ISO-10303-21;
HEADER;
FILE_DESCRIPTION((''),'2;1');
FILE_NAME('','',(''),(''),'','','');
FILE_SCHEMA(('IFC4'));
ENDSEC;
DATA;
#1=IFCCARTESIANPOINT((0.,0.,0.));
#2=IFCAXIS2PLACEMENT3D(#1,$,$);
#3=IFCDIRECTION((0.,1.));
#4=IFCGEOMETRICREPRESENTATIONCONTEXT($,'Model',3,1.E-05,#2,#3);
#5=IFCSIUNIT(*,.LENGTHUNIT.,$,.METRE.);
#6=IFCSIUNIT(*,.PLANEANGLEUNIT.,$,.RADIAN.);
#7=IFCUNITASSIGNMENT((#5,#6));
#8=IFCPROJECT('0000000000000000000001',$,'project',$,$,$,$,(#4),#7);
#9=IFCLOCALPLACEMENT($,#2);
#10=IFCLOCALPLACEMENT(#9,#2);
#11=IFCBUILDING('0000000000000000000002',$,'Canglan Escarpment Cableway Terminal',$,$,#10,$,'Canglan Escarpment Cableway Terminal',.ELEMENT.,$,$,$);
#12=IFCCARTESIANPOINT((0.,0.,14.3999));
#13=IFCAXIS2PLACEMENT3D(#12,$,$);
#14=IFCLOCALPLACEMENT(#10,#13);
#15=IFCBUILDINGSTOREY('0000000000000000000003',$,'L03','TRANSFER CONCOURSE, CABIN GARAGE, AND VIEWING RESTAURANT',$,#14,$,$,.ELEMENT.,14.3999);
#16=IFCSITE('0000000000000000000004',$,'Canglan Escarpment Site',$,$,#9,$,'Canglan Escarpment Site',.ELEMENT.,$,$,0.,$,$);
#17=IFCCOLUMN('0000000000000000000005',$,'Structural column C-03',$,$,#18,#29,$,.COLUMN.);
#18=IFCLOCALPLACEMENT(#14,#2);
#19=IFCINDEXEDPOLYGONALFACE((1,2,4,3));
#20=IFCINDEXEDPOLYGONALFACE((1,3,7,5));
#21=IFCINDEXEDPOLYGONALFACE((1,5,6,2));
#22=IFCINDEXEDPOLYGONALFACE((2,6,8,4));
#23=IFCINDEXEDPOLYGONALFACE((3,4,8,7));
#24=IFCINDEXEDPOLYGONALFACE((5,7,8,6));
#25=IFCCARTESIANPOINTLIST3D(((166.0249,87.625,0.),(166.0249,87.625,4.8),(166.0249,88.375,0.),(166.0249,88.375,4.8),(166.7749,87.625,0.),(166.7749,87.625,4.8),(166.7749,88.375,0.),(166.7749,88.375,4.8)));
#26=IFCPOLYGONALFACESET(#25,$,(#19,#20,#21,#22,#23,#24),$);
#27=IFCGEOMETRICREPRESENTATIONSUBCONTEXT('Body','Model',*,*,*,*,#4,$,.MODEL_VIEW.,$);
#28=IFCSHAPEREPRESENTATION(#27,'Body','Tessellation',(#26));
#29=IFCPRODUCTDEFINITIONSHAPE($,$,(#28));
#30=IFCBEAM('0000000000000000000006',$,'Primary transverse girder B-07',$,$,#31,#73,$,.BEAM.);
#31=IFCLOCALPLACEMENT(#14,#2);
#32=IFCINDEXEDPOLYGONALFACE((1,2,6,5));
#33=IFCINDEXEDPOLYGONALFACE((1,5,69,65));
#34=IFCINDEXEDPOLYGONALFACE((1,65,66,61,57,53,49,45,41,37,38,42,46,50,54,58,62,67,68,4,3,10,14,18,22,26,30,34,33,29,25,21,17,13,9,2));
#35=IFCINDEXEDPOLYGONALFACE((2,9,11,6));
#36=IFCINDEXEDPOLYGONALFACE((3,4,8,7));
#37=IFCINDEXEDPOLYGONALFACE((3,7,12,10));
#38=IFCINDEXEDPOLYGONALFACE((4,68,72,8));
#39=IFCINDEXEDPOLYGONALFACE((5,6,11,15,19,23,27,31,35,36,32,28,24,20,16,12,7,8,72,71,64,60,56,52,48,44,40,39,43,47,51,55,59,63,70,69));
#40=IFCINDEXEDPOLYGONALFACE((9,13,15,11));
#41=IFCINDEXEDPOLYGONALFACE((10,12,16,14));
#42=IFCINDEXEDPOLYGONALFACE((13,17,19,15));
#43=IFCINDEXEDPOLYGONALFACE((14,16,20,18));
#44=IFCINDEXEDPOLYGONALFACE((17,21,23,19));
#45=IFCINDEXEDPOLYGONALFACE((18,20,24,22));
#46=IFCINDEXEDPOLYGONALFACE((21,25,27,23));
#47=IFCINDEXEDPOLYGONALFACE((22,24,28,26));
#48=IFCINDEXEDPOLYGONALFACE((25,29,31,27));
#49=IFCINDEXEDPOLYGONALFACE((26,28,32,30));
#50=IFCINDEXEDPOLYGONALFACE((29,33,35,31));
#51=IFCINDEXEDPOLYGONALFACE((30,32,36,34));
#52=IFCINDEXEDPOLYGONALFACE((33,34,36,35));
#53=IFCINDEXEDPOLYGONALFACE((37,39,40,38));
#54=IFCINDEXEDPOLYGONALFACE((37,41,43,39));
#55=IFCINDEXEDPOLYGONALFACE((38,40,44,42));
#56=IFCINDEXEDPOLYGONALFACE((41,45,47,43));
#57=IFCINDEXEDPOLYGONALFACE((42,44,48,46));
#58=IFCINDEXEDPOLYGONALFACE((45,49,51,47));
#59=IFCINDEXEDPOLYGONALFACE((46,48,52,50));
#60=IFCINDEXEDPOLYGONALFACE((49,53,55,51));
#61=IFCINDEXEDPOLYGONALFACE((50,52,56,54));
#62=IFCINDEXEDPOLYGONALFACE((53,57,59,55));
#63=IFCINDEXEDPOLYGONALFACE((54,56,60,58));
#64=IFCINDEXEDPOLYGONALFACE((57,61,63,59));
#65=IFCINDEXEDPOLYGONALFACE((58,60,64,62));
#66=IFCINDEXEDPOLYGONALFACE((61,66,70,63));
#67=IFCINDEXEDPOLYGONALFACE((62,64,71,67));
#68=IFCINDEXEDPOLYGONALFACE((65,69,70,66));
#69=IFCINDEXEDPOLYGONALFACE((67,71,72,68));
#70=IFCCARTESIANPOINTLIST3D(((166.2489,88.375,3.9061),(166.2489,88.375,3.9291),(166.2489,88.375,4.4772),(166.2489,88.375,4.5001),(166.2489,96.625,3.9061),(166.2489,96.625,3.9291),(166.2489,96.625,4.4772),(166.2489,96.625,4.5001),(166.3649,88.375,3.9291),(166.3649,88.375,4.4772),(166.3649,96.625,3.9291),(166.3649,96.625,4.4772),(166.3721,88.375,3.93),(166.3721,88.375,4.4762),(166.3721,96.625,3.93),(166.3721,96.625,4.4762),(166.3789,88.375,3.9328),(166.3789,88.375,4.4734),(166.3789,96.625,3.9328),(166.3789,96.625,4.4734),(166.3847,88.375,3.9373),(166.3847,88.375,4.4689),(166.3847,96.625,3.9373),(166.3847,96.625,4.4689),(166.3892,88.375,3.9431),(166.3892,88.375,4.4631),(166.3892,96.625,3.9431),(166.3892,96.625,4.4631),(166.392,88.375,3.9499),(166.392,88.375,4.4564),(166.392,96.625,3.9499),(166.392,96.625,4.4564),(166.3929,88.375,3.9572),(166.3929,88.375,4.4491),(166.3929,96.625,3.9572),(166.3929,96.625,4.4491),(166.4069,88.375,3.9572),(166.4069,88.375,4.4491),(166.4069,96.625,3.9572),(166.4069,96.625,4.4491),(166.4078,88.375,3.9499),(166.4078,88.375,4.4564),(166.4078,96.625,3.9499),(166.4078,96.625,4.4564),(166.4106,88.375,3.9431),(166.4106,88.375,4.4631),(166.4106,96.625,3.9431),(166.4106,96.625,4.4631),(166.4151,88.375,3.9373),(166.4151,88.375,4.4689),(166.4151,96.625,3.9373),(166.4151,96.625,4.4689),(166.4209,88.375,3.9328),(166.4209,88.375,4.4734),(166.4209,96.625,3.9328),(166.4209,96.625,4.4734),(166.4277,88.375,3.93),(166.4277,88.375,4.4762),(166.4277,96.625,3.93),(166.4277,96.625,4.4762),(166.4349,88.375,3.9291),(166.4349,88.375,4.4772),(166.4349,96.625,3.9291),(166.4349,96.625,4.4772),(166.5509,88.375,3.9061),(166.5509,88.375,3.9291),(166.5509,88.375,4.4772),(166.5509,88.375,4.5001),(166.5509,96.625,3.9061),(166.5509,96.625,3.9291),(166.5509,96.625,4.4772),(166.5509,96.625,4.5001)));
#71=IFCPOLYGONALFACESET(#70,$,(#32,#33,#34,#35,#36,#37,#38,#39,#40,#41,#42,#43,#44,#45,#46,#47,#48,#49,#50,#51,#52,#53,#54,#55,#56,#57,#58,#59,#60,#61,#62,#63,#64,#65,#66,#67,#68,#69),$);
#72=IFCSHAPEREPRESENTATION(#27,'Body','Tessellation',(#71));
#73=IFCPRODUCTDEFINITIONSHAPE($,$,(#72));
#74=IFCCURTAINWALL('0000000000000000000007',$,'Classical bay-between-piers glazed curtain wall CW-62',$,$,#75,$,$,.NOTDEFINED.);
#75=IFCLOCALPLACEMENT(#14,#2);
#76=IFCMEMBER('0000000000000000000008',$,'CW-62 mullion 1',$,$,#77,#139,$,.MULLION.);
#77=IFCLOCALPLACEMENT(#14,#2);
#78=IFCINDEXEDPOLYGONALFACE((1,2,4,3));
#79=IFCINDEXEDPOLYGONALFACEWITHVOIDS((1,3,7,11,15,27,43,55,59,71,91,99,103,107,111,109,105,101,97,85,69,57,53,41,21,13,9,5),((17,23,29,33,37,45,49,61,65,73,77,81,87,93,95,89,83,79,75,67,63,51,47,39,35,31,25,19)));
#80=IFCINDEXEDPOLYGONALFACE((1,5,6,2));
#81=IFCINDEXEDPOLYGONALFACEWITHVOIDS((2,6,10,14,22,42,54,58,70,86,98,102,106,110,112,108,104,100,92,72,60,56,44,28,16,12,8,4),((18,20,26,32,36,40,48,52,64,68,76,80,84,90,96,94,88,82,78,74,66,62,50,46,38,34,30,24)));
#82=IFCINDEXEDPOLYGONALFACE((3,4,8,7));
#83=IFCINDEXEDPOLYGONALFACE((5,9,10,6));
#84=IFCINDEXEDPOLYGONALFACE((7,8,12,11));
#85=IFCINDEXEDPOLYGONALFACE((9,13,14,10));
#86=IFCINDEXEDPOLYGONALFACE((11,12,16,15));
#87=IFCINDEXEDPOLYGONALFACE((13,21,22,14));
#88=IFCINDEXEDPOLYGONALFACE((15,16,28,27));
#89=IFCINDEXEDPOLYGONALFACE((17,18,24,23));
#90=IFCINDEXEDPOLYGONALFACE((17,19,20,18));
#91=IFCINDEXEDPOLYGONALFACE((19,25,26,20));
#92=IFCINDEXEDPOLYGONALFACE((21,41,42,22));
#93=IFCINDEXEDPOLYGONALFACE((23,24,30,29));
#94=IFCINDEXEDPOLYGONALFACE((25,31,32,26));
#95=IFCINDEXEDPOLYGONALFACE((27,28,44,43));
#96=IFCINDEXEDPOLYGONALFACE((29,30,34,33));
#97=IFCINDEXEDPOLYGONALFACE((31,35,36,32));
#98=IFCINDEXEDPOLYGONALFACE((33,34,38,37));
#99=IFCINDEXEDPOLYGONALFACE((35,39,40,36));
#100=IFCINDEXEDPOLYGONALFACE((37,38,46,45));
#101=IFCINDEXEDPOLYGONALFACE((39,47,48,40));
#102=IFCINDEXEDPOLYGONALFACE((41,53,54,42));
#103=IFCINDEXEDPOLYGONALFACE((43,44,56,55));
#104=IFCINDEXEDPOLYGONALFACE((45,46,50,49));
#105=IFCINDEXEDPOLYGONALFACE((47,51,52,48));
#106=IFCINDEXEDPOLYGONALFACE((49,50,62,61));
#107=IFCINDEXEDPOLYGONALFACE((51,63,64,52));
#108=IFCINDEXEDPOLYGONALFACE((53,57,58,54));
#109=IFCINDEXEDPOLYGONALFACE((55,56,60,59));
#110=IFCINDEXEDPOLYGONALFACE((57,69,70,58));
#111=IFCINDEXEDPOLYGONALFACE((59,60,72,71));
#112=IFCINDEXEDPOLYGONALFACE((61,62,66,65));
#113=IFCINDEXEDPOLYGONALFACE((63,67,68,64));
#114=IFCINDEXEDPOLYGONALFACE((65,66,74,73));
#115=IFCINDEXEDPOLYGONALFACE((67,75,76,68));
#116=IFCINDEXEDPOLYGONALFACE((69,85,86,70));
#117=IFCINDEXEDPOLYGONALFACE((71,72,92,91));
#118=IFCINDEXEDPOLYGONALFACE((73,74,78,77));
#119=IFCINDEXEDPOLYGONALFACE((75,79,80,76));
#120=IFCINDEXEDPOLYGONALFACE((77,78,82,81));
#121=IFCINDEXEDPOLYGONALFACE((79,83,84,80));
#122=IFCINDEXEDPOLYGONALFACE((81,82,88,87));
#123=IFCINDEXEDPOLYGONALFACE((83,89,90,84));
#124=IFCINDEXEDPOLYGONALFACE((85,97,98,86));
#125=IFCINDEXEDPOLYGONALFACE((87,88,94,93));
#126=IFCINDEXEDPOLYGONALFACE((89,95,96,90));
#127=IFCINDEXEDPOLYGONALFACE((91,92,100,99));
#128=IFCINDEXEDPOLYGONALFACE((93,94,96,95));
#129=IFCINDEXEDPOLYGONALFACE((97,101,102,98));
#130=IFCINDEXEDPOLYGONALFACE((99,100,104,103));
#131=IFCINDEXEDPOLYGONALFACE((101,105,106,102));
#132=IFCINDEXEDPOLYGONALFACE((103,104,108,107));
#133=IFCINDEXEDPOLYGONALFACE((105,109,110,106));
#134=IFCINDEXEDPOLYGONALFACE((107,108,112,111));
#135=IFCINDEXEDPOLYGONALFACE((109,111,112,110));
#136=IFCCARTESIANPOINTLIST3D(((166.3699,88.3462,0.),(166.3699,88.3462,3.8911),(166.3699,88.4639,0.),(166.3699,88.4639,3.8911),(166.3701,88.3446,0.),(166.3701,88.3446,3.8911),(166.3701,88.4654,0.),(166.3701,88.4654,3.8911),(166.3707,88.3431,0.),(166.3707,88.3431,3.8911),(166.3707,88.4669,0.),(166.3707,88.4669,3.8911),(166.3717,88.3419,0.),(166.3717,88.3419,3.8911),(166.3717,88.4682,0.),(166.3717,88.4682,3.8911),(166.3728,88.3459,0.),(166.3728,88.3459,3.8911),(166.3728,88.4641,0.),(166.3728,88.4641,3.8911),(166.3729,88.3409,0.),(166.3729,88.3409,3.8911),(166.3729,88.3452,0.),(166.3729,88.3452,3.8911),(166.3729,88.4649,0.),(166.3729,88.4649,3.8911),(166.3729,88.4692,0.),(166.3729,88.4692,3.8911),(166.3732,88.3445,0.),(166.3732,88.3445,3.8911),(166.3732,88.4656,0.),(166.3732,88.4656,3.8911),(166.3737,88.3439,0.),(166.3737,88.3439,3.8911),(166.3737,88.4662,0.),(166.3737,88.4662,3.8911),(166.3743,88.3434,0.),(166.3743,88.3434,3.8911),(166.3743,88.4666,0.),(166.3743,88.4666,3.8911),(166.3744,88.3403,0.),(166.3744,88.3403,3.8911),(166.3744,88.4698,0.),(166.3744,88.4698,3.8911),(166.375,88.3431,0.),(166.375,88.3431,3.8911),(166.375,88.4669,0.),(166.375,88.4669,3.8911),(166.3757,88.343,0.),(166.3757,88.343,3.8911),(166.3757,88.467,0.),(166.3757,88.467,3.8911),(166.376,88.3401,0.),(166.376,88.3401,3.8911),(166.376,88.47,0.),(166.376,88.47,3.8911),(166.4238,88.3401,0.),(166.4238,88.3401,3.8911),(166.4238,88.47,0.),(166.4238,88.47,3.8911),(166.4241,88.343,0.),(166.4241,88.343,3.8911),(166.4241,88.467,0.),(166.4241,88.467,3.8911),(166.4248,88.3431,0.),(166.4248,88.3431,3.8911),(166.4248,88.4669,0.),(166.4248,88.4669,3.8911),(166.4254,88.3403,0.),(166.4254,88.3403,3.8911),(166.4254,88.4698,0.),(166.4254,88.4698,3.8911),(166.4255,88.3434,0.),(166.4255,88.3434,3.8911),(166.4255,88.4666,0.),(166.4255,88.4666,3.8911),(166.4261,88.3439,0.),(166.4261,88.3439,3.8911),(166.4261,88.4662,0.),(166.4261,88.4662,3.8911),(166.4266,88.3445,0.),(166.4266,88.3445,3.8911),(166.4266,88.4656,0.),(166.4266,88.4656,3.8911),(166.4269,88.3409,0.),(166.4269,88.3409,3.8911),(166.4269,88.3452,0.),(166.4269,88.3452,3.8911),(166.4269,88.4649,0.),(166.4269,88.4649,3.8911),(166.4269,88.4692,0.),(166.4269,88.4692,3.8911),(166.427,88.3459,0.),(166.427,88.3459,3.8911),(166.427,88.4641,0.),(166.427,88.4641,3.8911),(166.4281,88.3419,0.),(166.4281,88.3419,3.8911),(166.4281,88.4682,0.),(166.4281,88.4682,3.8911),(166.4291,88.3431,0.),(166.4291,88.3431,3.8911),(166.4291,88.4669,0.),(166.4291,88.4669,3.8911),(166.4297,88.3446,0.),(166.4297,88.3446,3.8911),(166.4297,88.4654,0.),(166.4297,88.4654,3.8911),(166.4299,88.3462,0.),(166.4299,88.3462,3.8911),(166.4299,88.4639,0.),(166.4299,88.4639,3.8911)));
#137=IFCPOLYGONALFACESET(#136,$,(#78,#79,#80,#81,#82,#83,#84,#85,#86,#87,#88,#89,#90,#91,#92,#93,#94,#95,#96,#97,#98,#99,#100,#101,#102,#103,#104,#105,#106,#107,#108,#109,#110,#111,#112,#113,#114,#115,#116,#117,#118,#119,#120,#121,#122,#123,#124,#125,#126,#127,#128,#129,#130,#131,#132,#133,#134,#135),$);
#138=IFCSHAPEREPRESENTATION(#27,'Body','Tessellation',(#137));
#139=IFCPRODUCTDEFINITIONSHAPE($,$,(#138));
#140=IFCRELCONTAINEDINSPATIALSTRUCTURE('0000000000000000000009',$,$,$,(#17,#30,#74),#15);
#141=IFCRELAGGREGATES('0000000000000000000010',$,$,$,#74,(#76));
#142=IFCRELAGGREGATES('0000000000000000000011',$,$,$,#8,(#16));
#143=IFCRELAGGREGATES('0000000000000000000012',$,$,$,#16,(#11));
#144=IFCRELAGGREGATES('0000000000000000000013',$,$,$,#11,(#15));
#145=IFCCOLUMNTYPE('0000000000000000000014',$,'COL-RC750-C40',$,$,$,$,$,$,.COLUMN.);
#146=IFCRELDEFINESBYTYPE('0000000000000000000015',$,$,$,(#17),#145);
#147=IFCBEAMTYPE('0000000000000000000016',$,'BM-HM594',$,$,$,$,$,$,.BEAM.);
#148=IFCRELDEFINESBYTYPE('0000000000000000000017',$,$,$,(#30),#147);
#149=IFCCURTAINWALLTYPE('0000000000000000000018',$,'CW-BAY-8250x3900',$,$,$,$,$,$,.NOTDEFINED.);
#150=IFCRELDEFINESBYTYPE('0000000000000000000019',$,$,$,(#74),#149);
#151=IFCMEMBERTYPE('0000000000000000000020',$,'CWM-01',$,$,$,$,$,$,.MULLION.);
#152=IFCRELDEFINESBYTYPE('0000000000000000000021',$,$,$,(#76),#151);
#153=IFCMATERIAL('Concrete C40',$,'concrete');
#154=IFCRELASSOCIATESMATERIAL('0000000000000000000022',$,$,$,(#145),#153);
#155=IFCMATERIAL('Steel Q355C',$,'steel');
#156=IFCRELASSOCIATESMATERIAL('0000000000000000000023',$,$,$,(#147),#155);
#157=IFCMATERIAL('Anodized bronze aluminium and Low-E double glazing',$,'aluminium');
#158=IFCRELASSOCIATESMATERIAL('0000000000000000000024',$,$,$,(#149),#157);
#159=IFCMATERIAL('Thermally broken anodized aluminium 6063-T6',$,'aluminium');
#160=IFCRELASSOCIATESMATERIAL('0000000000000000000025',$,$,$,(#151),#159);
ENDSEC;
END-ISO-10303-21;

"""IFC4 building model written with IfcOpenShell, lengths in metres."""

from ifc_helpers import new_model, si_unit, direction, frame, origin, origin_2d, place, context, subcontext, project, spatial, rectangle, hollow_rectangle, i_section, extrude, material, material_profile, profile_set, type_object, element, aggregate, save


model = new_model("IFC4")

# Units and contexts
model_context = context("Model", 3, precision=1e-05, world=origin(), true_north=direction((0.0, 1.0)))
body_context = subcontext(model_context, "Body", "Model", "MODEL_VIEW")
ifc_project = project(units=[si_unit("LENGTHUNIT", "METRE"), si_unit("PLANEANGLEUNIT", "RADIAN")], contexts=[model_context])

# Site, building, storey
site_placement = place(None, origin())
site = spatial("IfcSite", under=ifc_project, at=site_placement, Name="Canglan Escarpment Site", LongName="Canglan Escarpment Site", CompositionType="ELEMENT", RefElevation=0.0)
building_placement = place(site_placement, origin())
building = spatial("IfcBuilding", under=site, at=building_placement, Name="Canglan Escarpment Cableway Terminal", LongName="Canglan Escarpment Cableway Terminal", CompositionType="ELEMENT")
storey_placement = place(building_placement, frame((0.0, 0.0, 14.3999)))
storey = spatial("IfcBuildingStorey", under=building, at=storey_placement, Name="L03", Description="TRANSFER CONCOURSE, CABIN GARAGE, AND VIEWING RESTAURANT", CompositionType="ELEMENT", Elevation=14.3999)

# Column
ifc_material_1 = material(Name="Concrete C40", Category="concrete")
ifc_material_profile_1 = material_profile(ifc_material_1, rectangle(XDim=0.75, YDim=0.75, at=origin_2d()), Name="RC 750x750")
ifc_profile_set_1 = profile_set([ifc_material_profile_1], Name="Concrete C40")
column_type = type_object("IfcColumnType", Name="COL-RC750-C40", PredefinedType="COLUMN", material=ifc_profile_set_1)
column_placement = place(storey_placement, frame((166.3999, 88.0, 0.0), z_axis=(0.0, 0.0, 1.0), x_axis=(1.0, 0.0, 0.0)))
element("IfcColumn", 1, at=column_placement, inside=storey, type_object=column_type, Name="Structural column C-03", PredefinedType="COLUMN", context=body_context, shape_type="SweptSolid", body=[
    extrude(rectangle(XDim=0.75, YDim=0.75, at=origin_2d()), origin(), (0.0, 0.0, 1.0), 4.8),
])

# Beam
ifc_material_2 = material(Name="Steel Q355C", Category="steel")
ifc_material_profile_2 = material_profile(ifc_material_2, i_section(OverallWidth=0.302, OverallDepth=0.594, WebThickness=0.0139, FlangeThickness=0.0229, FilletRadius=0.0281, at=origin_2d()), Name="HM 594x302x14x23")
ifc_profile_set_2 = profile_set([ifc_material_profile_2], Name="Steel Q355C")
beam_type = type_object("IfcBeamType", Name="BM-HM594", PredefinedType="BEAM", material=ifc_profile_set_2)
beam_placement = place(storey_placement, frame((166.3999, 88.375, 4.2031), z_axis=(0.0, 1.0, 0.0), x_axis=(-1.0, 0.0, 0.0)))
element("IfcBeam", 2, at=beam_placement, inside=storey, type_object=beam_type, Name="Primary transverse girder B-07", PredefinedType="BEAM", context=body_context, shape_type="SweptSolid", body=[
    extrude(i_section(OverallWidth=0.302, OverallDepth=0.594, WebThickness=0.0139, FlangeThickness=0.0229, FilletRadius=0.0281, at=origin_2d()), origin(), (0.0, 0.0, 1.0), 8.25),
])

# Curtain wall, member
ifc_material_3 = material(Name="Anodized bronze aluminium and Low-E double glazing", Category="aluminium")
curtain_wall_type = type_object("IfcCurtainWallType", Name="CW-BAY-8250x3900", PredefinedType="NOTDEFINED", material=ifc_material_3)
curtain_wall_1_placement = place(storey_placement, origin())
curtain_wall_1 = element("IfcCurtainWall", 3, at=curtain_wall_1_placement, inside=storey, type_object=curtain_wall_type, Name="Classical bay-between-piers glazed curtain wall CW-62", PredefinedType="NOTDEFINED")
ifc_material_4 = material(Name="Thermally broken anodized aluminium 6063-T6", Category="aluminium")
ifc_material_profile_3 = material_profile(ifc_material_4, hollow_rectangle(XDim=0.0601, YDim=0.1299, WallThickness=0.0029, InnerFilletRadius=0.0029, OuterFilletRadius=0.0061, at=origin_2d()), Name="ALU-MULL 60x130x3")
ifc_profile_set_3 = profile_set([ifc_material_profile_3], Name="Thermally broken anodized aluminium 6063-T6")
member_type_1 = type_object("IfcMemberType", Name="CWM-01", PredefinedType="MULLION", material=ifc_profile_set_3)
member_1_placement = place(storey_placement, frame((166.3999, 88.405, 0.0), z_axis=(0.0, 0.0, 1.0), x_axis=(-1.0, 0.0, 0.0)))
member_1 = element("IfcMember", 4, at=member_1_placement, type_object=member_type_1, Name="CW-62 mullion 1", PredefinedType="MULLION", context=body_context, shape_type="SweptSolid", body=[
    extrude(hollow_rectangle(XDim=0.0601, YDim=0.1299, WallThickness=0.0029, InnerFilletRadius=0.0029, OuterFilletRadius=0.0061, at=origin_2d()), origin(), (0.0, 0.0, 1.0), 3.8911),
])

aggregate(curtain_wall_1, [member_1])

save(model, "model.ifc")
